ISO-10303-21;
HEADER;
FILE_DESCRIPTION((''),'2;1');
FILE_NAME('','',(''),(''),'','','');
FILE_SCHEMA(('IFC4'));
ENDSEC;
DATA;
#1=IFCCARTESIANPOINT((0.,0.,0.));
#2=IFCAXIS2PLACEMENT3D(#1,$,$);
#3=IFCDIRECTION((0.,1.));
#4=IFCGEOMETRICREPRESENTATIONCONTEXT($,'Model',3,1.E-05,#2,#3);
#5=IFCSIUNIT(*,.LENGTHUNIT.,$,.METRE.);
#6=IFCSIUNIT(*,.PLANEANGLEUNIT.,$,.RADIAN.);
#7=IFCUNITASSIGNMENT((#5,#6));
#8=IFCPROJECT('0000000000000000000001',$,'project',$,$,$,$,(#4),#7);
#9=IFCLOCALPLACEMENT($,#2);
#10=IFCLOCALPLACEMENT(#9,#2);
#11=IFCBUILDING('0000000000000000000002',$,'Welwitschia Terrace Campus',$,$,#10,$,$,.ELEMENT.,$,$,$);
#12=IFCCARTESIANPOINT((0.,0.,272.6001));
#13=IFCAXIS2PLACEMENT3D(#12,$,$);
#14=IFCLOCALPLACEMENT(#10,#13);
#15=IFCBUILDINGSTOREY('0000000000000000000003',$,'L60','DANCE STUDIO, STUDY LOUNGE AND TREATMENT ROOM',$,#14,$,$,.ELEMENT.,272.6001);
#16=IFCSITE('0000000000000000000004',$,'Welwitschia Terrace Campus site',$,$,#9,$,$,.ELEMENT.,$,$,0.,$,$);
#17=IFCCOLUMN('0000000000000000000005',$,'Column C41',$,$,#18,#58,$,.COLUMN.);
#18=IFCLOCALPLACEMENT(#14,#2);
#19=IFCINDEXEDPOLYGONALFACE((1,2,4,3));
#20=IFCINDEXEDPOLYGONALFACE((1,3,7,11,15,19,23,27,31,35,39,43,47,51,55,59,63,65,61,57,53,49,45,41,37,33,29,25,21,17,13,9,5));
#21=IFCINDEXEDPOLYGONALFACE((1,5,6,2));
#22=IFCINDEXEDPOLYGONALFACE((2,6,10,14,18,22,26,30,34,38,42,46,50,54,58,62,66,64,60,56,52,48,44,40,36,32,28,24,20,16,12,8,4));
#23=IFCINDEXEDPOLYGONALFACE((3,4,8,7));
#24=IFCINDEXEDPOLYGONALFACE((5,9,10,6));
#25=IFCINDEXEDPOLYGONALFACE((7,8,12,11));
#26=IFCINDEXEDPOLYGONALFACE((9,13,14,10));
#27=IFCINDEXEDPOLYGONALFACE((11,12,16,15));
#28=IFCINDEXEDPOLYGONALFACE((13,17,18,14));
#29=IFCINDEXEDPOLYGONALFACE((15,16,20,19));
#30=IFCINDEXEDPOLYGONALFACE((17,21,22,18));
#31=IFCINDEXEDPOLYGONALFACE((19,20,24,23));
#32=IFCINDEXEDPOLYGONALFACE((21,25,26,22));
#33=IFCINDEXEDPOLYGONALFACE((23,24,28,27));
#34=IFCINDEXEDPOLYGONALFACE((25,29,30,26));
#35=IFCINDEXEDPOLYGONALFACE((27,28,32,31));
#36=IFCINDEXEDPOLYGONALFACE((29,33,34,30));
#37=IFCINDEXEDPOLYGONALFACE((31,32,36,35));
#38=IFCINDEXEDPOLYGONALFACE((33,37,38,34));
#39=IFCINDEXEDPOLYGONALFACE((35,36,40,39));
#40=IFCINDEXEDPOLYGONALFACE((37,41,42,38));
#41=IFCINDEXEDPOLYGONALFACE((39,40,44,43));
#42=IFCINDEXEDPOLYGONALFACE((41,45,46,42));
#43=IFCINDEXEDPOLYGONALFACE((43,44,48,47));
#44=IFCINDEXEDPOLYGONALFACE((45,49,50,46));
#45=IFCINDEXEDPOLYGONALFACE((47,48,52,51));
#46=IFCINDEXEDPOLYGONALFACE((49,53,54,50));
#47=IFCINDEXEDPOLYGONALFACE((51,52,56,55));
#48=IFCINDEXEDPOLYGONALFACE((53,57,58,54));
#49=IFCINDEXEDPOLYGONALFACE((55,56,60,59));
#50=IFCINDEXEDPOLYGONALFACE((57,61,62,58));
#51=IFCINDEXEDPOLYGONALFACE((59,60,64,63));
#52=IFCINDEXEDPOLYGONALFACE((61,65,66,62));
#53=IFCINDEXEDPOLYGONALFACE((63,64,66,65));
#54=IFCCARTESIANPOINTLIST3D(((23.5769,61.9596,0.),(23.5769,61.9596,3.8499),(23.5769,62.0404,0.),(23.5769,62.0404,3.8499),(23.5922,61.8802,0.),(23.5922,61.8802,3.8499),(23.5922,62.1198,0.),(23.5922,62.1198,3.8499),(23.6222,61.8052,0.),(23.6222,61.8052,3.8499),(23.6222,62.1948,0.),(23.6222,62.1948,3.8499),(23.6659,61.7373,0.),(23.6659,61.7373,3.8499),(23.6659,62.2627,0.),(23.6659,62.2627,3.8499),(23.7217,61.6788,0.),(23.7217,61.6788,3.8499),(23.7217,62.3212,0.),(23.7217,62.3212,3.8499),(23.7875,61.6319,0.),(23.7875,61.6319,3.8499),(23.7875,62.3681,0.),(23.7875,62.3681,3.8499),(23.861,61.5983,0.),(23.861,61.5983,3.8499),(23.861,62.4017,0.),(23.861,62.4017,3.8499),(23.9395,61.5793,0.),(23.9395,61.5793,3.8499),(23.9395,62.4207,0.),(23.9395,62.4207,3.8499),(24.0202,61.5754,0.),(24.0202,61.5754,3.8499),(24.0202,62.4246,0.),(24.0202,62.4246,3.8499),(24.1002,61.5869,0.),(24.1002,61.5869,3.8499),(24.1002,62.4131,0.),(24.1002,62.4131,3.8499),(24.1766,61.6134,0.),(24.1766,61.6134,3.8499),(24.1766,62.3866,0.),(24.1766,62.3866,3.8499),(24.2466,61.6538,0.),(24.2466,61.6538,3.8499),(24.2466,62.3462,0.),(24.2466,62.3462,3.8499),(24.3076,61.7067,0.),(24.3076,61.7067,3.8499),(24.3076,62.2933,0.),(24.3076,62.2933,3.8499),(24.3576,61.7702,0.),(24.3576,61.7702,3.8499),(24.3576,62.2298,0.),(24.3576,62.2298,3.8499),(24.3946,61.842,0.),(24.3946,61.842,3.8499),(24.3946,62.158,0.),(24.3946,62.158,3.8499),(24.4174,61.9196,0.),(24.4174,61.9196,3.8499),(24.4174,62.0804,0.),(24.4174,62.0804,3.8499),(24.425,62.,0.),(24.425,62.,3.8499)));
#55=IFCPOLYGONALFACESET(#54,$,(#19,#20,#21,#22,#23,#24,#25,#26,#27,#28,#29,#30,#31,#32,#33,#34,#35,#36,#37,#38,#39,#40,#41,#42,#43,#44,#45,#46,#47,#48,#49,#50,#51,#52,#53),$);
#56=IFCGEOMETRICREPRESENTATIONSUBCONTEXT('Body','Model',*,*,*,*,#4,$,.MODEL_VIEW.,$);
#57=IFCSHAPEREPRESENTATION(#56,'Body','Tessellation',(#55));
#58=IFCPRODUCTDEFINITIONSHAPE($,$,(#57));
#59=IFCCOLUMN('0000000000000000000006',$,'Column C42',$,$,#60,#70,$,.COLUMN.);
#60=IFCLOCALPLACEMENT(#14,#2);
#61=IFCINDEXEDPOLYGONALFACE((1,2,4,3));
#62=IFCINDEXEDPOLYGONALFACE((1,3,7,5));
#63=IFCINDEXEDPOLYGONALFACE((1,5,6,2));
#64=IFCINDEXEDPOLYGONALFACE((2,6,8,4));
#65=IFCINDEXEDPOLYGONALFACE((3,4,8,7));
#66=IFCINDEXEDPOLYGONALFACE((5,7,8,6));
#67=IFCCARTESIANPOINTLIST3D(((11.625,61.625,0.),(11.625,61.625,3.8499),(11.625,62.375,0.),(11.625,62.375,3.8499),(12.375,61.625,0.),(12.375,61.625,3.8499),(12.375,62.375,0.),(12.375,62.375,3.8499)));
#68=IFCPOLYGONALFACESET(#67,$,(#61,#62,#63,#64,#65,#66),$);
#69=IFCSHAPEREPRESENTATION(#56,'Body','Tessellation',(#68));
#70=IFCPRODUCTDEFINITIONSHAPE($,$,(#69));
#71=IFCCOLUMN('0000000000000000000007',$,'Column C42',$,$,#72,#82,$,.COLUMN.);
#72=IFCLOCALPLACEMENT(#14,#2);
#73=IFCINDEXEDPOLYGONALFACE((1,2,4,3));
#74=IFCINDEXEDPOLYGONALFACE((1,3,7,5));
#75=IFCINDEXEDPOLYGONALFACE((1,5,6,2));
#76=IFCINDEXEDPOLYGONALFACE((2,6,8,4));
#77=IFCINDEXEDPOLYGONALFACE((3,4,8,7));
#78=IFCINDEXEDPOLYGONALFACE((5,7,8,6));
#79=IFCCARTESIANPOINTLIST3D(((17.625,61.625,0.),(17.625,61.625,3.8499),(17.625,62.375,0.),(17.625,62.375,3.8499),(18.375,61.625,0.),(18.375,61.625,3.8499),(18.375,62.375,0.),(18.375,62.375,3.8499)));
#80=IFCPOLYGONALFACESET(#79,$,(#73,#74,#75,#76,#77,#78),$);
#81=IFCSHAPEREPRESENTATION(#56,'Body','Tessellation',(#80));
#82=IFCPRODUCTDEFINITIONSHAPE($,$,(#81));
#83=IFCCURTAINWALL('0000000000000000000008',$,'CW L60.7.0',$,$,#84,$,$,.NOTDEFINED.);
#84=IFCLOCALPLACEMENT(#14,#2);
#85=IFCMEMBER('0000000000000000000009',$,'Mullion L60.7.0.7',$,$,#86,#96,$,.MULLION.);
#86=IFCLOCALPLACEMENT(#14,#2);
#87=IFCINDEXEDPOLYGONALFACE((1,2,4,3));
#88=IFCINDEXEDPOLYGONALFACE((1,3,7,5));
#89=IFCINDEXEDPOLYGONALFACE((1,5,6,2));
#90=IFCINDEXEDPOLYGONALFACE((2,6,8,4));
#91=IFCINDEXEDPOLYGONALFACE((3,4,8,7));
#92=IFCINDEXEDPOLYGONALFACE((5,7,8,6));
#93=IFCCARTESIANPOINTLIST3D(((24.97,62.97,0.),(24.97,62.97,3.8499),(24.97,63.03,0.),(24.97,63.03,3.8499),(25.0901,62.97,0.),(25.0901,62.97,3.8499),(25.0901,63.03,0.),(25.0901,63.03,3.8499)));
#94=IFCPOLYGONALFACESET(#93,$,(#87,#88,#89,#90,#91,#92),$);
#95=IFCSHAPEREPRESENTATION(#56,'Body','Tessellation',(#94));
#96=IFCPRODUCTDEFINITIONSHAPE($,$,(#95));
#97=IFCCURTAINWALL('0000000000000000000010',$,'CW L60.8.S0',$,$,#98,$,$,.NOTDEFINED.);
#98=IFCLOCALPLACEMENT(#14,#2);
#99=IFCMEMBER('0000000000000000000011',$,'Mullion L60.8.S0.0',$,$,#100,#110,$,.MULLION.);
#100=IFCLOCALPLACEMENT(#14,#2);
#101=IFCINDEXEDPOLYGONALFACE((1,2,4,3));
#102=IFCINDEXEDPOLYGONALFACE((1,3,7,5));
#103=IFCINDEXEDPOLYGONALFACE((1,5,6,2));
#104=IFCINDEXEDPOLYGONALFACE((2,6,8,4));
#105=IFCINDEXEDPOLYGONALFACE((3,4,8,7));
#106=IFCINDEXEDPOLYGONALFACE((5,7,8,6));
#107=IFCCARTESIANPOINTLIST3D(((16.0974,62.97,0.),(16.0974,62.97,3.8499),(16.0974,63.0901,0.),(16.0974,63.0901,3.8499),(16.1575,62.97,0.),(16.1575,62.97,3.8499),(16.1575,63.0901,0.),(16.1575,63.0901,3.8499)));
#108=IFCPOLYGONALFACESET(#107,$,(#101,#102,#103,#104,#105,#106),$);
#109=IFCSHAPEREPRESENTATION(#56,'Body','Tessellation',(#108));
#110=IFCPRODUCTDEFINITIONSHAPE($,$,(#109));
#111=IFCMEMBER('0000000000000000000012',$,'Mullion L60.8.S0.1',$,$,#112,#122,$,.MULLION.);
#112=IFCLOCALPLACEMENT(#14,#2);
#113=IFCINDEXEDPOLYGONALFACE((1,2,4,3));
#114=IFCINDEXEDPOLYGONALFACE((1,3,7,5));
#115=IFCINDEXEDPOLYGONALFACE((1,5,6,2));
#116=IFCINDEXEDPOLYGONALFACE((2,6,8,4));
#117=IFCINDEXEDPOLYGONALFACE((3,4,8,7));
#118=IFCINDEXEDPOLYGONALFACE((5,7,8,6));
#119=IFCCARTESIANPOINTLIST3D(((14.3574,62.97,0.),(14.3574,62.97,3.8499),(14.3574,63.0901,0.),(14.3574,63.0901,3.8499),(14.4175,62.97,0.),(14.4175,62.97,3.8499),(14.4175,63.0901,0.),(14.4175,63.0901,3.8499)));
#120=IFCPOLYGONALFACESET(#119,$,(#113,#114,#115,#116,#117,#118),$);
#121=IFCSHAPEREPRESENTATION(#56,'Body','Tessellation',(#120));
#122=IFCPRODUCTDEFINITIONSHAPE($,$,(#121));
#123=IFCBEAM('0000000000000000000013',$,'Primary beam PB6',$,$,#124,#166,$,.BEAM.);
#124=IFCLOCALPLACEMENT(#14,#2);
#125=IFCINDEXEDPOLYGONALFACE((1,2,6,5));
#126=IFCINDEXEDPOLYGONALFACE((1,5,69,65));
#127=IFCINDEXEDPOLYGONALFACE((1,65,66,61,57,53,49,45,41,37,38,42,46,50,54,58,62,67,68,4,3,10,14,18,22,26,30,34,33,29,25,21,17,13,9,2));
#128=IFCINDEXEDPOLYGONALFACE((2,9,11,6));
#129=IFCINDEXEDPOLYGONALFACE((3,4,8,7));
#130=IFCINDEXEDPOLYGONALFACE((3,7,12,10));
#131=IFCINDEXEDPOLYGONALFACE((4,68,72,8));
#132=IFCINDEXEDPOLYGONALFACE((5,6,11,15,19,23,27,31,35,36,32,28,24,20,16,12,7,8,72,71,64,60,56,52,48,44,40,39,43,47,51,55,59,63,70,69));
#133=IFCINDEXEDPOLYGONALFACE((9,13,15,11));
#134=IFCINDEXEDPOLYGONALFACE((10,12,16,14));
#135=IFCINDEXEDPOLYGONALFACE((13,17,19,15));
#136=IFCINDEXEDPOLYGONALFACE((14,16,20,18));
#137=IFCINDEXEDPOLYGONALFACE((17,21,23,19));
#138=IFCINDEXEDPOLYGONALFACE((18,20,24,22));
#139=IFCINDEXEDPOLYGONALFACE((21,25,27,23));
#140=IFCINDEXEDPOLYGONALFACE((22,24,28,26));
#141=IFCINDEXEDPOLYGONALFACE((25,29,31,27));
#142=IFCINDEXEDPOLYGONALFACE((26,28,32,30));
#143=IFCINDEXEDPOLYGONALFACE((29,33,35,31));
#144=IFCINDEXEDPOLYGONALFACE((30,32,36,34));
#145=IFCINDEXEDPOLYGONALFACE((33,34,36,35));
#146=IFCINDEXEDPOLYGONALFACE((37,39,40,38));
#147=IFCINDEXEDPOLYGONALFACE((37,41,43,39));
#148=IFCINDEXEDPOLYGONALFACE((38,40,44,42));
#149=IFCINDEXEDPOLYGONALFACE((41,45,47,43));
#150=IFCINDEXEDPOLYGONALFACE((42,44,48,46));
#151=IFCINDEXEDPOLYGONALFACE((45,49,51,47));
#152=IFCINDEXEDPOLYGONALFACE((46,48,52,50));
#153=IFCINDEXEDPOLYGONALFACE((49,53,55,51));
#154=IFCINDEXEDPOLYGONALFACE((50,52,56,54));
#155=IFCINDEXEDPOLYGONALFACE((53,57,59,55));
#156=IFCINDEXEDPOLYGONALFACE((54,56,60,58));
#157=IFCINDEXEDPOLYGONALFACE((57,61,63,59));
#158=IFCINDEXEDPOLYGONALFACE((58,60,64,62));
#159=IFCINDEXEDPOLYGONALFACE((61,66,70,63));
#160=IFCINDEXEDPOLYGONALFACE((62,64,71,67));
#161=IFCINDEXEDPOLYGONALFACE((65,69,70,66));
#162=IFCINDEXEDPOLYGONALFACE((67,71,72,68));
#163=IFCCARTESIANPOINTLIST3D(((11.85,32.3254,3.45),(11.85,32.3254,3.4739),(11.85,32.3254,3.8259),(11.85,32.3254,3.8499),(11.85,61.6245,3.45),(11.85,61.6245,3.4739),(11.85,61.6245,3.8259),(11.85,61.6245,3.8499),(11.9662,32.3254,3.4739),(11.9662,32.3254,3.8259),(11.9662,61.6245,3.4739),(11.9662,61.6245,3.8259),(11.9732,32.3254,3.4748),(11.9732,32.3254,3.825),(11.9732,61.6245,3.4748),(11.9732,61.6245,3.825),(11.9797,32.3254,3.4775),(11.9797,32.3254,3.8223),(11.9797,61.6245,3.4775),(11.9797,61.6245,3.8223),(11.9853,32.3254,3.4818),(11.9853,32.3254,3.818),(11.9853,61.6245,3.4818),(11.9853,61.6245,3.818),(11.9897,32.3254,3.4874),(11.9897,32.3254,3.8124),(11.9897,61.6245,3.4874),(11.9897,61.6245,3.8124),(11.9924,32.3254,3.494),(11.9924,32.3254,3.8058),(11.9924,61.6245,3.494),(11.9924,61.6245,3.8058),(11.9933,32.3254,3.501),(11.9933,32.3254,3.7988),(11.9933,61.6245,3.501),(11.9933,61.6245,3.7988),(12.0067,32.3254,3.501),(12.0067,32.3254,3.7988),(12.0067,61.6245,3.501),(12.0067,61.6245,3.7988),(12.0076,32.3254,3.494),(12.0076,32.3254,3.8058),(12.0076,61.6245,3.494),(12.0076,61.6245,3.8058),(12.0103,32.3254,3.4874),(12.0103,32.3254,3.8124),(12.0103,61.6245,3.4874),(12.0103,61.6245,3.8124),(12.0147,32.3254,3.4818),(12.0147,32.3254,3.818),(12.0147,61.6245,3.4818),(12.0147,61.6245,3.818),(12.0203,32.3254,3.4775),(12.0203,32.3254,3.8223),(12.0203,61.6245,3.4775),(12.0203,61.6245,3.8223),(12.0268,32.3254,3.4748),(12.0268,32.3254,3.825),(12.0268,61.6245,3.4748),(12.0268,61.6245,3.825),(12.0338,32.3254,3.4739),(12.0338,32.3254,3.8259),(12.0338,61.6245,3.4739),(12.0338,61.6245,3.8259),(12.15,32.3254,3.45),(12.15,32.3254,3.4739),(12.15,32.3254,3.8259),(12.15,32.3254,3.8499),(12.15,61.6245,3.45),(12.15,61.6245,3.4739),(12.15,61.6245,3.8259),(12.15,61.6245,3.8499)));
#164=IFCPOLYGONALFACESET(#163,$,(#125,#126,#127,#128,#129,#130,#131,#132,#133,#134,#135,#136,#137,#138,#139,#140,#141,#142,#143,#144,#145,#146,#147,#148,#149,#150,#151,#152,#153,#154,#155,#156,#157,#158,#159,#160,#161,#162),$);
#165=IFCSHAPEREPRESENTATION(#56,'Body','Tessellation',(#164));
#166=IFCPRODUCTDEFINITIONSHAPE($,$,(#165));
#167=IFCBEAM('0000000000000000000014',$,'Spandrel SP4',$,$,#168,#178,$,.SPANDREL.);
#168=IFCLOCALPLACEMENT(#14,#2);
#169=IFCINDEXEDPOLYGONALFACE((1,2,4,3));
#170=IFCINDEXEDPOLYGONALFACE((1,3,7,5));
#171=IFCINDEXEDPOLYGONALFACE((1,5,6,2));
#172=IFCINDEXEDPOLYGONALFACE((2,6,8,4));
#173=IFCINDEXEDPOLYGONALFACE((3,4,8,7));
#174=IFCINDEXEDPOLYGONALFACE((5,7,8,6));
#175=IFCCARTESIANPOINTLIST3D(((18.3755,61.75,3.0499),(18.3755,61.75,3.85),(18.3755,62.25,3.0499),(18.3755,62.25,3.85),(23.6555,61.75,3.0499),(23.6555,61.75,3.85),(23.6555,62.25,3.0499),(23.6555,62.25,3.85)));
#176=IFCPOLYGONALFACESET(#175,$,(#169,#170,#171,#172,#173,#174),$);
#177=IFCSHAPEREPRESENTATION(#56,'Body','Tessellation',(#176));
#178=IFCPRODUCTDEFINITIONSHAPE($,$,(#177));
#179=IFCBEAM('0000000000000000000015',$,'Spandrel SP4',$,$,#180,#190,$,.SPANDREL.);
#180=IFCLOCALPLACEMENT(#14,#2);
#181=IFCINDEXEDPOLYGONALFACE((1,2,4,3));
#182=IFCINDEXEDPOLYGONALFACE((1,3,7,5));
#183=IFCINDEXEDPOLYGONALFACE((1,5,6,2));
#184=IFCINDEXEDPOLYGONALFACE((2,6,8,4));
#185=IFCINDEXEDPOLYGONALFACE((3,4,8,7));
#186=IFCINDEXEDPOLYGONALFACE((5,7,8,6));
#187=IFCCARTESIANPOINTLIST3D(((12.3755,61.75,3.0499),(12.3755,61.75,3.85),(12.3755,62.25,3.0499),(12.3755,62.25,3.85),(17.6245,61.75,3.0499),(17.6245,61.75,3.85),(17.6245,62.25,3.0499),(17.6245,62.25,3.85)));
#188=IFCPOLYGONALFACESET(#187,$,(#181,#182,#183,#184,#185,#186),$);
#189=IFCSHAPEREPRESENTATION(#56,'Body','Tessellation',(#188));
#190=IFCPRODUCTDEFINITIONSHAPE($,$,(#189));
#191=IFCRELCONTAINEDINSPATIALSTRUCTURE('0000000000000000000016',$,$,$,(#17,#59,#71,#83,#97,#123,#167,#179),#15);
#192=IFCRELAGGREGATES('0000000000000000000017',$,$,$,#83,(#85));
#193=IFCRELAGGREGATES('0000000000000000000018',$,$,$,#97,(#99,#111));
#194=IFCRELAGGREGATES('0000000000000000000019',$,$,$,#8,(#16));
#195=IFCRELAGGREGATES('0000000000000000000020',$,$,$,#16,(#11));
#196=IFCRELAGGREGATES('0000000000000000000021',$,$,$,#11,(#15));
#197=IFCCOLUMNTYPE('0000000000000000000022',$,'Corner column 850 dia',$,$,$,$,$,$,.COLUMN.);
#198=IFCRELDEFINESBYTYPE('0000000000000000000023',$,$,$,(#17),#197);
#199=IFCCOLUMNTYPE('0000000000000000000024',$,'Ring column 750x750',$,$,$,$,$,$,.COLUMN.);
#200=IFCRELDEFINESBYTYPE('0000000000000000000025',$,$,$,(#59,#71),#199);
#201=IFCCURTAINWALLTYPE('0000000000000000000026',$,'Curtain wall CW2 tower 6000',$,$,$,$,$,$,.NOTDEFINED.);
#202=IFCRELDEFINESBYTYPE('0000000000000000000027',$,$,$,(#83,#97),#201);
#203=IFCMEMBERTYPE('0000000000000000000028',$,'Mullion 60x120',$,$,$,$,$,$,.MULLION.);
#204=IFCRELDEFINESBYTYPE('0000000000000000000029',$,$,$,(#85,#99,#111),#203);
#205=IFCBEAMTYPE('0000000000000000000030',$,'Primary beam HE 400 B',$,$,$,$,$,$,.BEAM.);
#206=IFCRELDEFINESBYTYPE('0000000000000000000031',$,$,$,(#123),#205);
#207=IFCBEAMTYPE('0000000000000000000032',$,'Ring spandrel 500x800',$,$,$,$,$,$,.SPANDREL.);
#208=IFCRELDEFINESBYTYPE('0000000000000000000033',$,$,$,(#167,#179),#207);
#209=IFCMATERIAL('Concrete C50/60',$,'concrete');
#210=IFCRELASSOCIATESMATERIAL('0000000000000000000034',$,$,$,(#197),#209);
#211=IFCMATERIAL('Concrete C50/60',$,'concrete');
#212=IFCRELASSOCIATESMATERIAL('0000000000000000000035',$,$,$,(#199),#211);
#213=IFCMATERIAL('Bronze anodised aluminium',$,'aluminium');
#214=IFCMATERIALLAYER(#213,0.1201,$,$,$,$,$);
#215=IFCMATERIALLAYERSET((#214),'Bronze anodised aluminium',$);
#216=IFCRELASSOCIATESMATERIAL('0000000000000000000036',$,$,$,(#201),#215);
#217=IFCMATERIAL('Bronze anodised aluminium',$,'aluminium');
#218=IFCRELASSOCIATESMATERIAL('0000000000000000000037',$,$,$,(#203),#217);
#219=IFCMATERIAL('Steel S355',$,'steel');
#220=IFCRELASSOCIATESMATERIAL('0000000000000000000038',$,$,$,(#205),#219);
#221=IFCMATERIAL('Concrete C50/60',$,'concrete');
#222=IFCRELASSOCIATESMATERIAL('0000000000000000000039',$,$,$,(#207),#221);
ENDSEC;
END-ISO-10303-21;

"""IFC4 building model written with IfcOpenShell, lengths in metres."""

from ifc_helpers import new_model, si_unit, direction, frame, origin, origin_2d, place, context, subcontext, project, spatial, rectangle, circle, i_section, extrude, material, layer, layer_set, material_profile, profile_set, type_object, element, aggregate, save


model = new_model("IFC4")

# Units and contexts
model_context = context("Model", 3, precision=1e-05, world=origin(), true_north=direction((0.0, 1.0)))
body_context = subcontext(model_context, "Body", "Model", "MODEL_VIEW")
ifc_project = project(units=[si_unit("LENGTHUNIT", "METRE"), si_unit("PLANEANGLEUNIT", "RADIAN")], contexts=[model_context])

# Site, building, storey
site_placement = place(None, origin())
site = spatial("IfcSite", under=ifc_project, at=site_placement, Name="Welwitschia Terrace Campus site", CompositionType="ELEMENT", RefElevation=0.0)
building_placement = place(site_placement, origin())
building = spatial("IfcBuilding", under=site, at=building_placement, Name="Welwitschia Terrace Campus", CompositionType="ELEMENT")
storey_placement = place(building_placement, frame((0.0, 0.0, 272.6001)))
storey = spatial("IfcBuildingStorey", under=building, at=storey_placement, Name="L60", Description="DANCE STUDIO, STUDY LOUNGE AND TREATMENT ROOM", CompositionType="ELEMENT", Elevation=272.6001)

# Columns
ifc_material_1 = material(Name="Concrete C50/60", Category="concrete")
ifc_material_profile_1 = material_profile(ifc_material_1, circle(Radius=0.425, at=origin_2d()))
ifc_profile_set_1 = profile_set([ifc_material_profile_1], Name="Concrete C50/60")
column_type_1 = type_object("IfcColumnType", Name="Corner column 850 dia", PredefinedType="COLUMN", material=ifc_profile_set_1)
column_placement = place(storey_placement, frame((24.0, 62.0, 0.0), z_axis=(0.0, 0.0, 1.0), x_axis=(1.0, 0.0, 0.0)))
element("IfcColumn", 1, at=column_placement, inside=storey, type_object=column_type_1, Name="Column C41", PredefinedType="COLUMN", context=body_context, shape_type="SweptSolid", body=[
    extrude(circle(Radius=0.425, at=origin_2d()), origin(), (0.0, 0.0, 1.0), 3.8499),
])
ifc_material_2 = material(Name="Concrete C50/60", Category="concrete")
ifc_material_profile_2 = material_profile(ifc_material_2, rectangle(XDim=0.75, YDim=0.75, at=origin_2d()))
ifc_profile_set_2 = profile_set([ifc_material_profile_2], Name="Concrete C50/60")
column_type_2 = type_object("IfcColumnType", Name="Ring column 750x750", PredefinedType="COLUMN", material=ifc_profile_set_2)
for number, where, z_axis, x_axis, name in (
    (2, (12.0, 62.0, 0.0), (0.0, 0.0, 1.0), (1.0, 0.0, 0.0), "Column C42"),
    (3, (18.0, 62.0, 0.0), (0.0, 0.0, 1.0), (1.0, 0.0, 0.0), "Column C42"),
):
    element("IfcColumn", number, at=place(storey_placement, frame(where, z_axis=z_axis, x_axis=x_axis)), inside=storey, type_object=column_type_2, Name=name, PredefinedType="COLUMN", context=body_context, shape_type="SweptSolid", body=[
        extrude(rectangle(XDim=0.75, YDim=0.75, at=origin_2d()), origin(), (0.0, 0.0, 1.0), 3.8499),
    ])

# Curtain wall, member
ifc_material_3 = material(Name="Bronze anodised aluminium", Category="aluminium")
ifc_layer_1 = layer(ifc_material_3, 0.1201)
ifc_layer_set_1 = layer_set([ifc_layer_1], Name="Bronze anodised aluminium")
curtain_wall_type = type_object("IfcCurtainWallType", Name="Curtain wall CW2 tower 6000", PredefinedType="NOTDEFINED", material=ifc_layer_set_1)
curtain_wall_1_placement = place(storey_placement, origin())
curtain_wall_1 = element("IfcCurtainWall", 4, at=curtain_wall_1_placement, inside=storey, type_object=curtain_wall_type, Name="CW L60.7.0", PredefinedType="NOTDEFINED")
ifc_material_4 = material(Name="Bronze anodised aluminium", Category="aluminium")
ifc_material_profile_3 = material_profile(ifc_material_4, rectangle(XDim=0.1201, YDim=0.0601, at=origin_2d()))
ifc_profile_set_3 = profile_set([ifc_material_profile_3], Name="Bronze anodised aluminium")
member_type_1 = type_object("IfcMemberType", Name="Mullion 60x120", PredefinedType="MULLION", material=ifc_profile_set_3)
member_1_placement = place(storey_placement, frame((25.03, 63.0, 0.0), z_axis=(0.0, 0.0, 1.0), x_axis=(-1.0, 0.0, 0.0)))
member_1 = element("IfcMember", 5, at=member_1_placement, type_object=member_type_1, Name="Mullion L60.7.0.7", PredefinedType="MULLION", context=body_context, shape_type="SweptSolid", body=[
    extrude(rectangle(XDim=0.1201, YDim=0.0601, at=origin_2d()), origin(), (0.0, 0.0, 1.0), 3.8499),
])

# Curtain wall, members
curtain_wall_2_placement = place(storey_placement, origin())
curtain_wall_2 = element("IfcCurtainWall", 6, at=curtain_wall_2_placement, inside=storey, type_object=curtain_wall_type, Name="CW L60.8.S0", PredefinedType="NOTDEFINED")
member_2_placement = place(storey_placement, frame((16.1274, 63.03, 0.0), z_axis=(0.0, 0.0, 1.0), x_axis=(0.0, -1.0, 0.0)))
member_2 = element("IfcMember", 7, at=member_2_placement, type_object=member_type_1, Name="Mullion L60.8.S0.0", PredefinedType="MULLION", context=body_context, shape_type="SweptSolid", body=[
    extrude(rectangle(XDim=0.1201, YDim=0.0601, at=origin_2d()), origin(), (0.0, 0.0, 1.0), 3.8499),
])
member_3_placement = place(storey_placement, frame((14.3875, 63.03, 0.0), z_axis=(0.0, 0.0, 1.0), x_axis=(0.0, -1.0, 0.0)))
member_3 = element("IfcMember", 8, at=member_3_placement, type_object=member_type_1, Name="Mullion L60.8.S0.1", PredefinedType="MULLION", context=body_context, shape_type="SweptSolid", body=[
    extrude(rectangle(XDim=0.1201, YDim=0.0601, at=origin_2d()), origin(), (0.0, 0.0, 1.0), 3.8499),
])

# Beams
ifc_material_5 = material(Name="Steel S355", Category="steel")
ifc_material_profile_4 = material_profile(ifc_material_5, i_section(OverallWidth=0.3, OverallDepth=0.3999, WebThickness=0.0134, FlangeThickness=0.0239, FilletRadius=0.0271, at=origin_2d()))
ifc_profile_set_4 = profile_set([ifc_material_profile_4], Name="Steel S355")
beam_type_1 = type_object("IfcBeamType", Name="Primary beam HE 400 B", PredefinedType="BEAM", material=ifc_profile_set_4)
beam_1_placement = place(storey_placement, frame((12.0, 61.6245, 3.6499), z_axis=(0.0, -1.0, 0.0), x_axis=(1.0, 0.0, 0.0)))
element("IfcBeam", 9, at=beam_1_placement, inside=storey, type_object=beam_type_1, Name="Primary beam PB6", PredefinedType="BEAM", context=body_context, shape_type="SweptSolid", body=[
    extrude(i_section(OverallWidth=0.3, OverallDepth=0.3999, WebThickness=0.0134, FlangeThickness=0.0239, FilletRadius=0.0271, at=origin_2d()), origin(), (0.0, 0.0, 1.0), 29.2991),
])
ifc_material_6 = material(Name="Concrete C50/60", Category="concrete")
ifc_material_profile_5 = material_profile(ifc_material_6, rectangle(XDim=0.5, YDim=0.8, at=origin_2d()))
ifc_profile_set_5 = profile_set([ifc_material_profile_5], Name="Concrete C50/60")
beam_type_2 = type_object("IfcBeamType", Name="Ring spandrel 500x800", PredefinedType="SPANDREL", material=ifc_profile_set_5)
beam_2_placement = place(storey_placement, frame((23.6555, 62.0, 3.45), z_axis=(-1.0, 0.0, 0.0), x_axis=(0.0, -1.0, 0.0)))
element("IfcBeam", 10, at=beam_2_placement, inside=storey, type_object=beam_type_2, Name="Spandrel SP4", PredefinedType="SPANDREL", context=body_context, shape_type="SweptSolid", body=[
    extrude(rectangle(XDim=0.5, YDim=0.8, at=origin_2d()), origin(), (0.0, 0.0, 1.0), 5.28),
])
for number, where, z_axis, x_axis, name in (
    (11, (17.6245, 62.0, 3.45), (-1.0, 0.0, 0.0), (0.0, -1.0, 0.0), "Spandrel SP4"),
):
    element("IfcBeam", number, at=place(storey_placement, frame(where, z_axis=z_axis, x_axis=x_axis)), inside=storey, type_object=beam_type_2, Name=name, PredefinedType="SPANDREL", context=body_context, shape_type="SweptSolid", body=[
        extrude(rectangle(XDim=0.5, YDim=0.8, at=origin_2d()), origin(), (0.0, 0.0, 1.0), 5.249),
    ])

aggregate(curtain_wall_1, [member_1])
aggregate(curtain_wall_2, [member_2, member_3])

save(model, "model.ifc")
